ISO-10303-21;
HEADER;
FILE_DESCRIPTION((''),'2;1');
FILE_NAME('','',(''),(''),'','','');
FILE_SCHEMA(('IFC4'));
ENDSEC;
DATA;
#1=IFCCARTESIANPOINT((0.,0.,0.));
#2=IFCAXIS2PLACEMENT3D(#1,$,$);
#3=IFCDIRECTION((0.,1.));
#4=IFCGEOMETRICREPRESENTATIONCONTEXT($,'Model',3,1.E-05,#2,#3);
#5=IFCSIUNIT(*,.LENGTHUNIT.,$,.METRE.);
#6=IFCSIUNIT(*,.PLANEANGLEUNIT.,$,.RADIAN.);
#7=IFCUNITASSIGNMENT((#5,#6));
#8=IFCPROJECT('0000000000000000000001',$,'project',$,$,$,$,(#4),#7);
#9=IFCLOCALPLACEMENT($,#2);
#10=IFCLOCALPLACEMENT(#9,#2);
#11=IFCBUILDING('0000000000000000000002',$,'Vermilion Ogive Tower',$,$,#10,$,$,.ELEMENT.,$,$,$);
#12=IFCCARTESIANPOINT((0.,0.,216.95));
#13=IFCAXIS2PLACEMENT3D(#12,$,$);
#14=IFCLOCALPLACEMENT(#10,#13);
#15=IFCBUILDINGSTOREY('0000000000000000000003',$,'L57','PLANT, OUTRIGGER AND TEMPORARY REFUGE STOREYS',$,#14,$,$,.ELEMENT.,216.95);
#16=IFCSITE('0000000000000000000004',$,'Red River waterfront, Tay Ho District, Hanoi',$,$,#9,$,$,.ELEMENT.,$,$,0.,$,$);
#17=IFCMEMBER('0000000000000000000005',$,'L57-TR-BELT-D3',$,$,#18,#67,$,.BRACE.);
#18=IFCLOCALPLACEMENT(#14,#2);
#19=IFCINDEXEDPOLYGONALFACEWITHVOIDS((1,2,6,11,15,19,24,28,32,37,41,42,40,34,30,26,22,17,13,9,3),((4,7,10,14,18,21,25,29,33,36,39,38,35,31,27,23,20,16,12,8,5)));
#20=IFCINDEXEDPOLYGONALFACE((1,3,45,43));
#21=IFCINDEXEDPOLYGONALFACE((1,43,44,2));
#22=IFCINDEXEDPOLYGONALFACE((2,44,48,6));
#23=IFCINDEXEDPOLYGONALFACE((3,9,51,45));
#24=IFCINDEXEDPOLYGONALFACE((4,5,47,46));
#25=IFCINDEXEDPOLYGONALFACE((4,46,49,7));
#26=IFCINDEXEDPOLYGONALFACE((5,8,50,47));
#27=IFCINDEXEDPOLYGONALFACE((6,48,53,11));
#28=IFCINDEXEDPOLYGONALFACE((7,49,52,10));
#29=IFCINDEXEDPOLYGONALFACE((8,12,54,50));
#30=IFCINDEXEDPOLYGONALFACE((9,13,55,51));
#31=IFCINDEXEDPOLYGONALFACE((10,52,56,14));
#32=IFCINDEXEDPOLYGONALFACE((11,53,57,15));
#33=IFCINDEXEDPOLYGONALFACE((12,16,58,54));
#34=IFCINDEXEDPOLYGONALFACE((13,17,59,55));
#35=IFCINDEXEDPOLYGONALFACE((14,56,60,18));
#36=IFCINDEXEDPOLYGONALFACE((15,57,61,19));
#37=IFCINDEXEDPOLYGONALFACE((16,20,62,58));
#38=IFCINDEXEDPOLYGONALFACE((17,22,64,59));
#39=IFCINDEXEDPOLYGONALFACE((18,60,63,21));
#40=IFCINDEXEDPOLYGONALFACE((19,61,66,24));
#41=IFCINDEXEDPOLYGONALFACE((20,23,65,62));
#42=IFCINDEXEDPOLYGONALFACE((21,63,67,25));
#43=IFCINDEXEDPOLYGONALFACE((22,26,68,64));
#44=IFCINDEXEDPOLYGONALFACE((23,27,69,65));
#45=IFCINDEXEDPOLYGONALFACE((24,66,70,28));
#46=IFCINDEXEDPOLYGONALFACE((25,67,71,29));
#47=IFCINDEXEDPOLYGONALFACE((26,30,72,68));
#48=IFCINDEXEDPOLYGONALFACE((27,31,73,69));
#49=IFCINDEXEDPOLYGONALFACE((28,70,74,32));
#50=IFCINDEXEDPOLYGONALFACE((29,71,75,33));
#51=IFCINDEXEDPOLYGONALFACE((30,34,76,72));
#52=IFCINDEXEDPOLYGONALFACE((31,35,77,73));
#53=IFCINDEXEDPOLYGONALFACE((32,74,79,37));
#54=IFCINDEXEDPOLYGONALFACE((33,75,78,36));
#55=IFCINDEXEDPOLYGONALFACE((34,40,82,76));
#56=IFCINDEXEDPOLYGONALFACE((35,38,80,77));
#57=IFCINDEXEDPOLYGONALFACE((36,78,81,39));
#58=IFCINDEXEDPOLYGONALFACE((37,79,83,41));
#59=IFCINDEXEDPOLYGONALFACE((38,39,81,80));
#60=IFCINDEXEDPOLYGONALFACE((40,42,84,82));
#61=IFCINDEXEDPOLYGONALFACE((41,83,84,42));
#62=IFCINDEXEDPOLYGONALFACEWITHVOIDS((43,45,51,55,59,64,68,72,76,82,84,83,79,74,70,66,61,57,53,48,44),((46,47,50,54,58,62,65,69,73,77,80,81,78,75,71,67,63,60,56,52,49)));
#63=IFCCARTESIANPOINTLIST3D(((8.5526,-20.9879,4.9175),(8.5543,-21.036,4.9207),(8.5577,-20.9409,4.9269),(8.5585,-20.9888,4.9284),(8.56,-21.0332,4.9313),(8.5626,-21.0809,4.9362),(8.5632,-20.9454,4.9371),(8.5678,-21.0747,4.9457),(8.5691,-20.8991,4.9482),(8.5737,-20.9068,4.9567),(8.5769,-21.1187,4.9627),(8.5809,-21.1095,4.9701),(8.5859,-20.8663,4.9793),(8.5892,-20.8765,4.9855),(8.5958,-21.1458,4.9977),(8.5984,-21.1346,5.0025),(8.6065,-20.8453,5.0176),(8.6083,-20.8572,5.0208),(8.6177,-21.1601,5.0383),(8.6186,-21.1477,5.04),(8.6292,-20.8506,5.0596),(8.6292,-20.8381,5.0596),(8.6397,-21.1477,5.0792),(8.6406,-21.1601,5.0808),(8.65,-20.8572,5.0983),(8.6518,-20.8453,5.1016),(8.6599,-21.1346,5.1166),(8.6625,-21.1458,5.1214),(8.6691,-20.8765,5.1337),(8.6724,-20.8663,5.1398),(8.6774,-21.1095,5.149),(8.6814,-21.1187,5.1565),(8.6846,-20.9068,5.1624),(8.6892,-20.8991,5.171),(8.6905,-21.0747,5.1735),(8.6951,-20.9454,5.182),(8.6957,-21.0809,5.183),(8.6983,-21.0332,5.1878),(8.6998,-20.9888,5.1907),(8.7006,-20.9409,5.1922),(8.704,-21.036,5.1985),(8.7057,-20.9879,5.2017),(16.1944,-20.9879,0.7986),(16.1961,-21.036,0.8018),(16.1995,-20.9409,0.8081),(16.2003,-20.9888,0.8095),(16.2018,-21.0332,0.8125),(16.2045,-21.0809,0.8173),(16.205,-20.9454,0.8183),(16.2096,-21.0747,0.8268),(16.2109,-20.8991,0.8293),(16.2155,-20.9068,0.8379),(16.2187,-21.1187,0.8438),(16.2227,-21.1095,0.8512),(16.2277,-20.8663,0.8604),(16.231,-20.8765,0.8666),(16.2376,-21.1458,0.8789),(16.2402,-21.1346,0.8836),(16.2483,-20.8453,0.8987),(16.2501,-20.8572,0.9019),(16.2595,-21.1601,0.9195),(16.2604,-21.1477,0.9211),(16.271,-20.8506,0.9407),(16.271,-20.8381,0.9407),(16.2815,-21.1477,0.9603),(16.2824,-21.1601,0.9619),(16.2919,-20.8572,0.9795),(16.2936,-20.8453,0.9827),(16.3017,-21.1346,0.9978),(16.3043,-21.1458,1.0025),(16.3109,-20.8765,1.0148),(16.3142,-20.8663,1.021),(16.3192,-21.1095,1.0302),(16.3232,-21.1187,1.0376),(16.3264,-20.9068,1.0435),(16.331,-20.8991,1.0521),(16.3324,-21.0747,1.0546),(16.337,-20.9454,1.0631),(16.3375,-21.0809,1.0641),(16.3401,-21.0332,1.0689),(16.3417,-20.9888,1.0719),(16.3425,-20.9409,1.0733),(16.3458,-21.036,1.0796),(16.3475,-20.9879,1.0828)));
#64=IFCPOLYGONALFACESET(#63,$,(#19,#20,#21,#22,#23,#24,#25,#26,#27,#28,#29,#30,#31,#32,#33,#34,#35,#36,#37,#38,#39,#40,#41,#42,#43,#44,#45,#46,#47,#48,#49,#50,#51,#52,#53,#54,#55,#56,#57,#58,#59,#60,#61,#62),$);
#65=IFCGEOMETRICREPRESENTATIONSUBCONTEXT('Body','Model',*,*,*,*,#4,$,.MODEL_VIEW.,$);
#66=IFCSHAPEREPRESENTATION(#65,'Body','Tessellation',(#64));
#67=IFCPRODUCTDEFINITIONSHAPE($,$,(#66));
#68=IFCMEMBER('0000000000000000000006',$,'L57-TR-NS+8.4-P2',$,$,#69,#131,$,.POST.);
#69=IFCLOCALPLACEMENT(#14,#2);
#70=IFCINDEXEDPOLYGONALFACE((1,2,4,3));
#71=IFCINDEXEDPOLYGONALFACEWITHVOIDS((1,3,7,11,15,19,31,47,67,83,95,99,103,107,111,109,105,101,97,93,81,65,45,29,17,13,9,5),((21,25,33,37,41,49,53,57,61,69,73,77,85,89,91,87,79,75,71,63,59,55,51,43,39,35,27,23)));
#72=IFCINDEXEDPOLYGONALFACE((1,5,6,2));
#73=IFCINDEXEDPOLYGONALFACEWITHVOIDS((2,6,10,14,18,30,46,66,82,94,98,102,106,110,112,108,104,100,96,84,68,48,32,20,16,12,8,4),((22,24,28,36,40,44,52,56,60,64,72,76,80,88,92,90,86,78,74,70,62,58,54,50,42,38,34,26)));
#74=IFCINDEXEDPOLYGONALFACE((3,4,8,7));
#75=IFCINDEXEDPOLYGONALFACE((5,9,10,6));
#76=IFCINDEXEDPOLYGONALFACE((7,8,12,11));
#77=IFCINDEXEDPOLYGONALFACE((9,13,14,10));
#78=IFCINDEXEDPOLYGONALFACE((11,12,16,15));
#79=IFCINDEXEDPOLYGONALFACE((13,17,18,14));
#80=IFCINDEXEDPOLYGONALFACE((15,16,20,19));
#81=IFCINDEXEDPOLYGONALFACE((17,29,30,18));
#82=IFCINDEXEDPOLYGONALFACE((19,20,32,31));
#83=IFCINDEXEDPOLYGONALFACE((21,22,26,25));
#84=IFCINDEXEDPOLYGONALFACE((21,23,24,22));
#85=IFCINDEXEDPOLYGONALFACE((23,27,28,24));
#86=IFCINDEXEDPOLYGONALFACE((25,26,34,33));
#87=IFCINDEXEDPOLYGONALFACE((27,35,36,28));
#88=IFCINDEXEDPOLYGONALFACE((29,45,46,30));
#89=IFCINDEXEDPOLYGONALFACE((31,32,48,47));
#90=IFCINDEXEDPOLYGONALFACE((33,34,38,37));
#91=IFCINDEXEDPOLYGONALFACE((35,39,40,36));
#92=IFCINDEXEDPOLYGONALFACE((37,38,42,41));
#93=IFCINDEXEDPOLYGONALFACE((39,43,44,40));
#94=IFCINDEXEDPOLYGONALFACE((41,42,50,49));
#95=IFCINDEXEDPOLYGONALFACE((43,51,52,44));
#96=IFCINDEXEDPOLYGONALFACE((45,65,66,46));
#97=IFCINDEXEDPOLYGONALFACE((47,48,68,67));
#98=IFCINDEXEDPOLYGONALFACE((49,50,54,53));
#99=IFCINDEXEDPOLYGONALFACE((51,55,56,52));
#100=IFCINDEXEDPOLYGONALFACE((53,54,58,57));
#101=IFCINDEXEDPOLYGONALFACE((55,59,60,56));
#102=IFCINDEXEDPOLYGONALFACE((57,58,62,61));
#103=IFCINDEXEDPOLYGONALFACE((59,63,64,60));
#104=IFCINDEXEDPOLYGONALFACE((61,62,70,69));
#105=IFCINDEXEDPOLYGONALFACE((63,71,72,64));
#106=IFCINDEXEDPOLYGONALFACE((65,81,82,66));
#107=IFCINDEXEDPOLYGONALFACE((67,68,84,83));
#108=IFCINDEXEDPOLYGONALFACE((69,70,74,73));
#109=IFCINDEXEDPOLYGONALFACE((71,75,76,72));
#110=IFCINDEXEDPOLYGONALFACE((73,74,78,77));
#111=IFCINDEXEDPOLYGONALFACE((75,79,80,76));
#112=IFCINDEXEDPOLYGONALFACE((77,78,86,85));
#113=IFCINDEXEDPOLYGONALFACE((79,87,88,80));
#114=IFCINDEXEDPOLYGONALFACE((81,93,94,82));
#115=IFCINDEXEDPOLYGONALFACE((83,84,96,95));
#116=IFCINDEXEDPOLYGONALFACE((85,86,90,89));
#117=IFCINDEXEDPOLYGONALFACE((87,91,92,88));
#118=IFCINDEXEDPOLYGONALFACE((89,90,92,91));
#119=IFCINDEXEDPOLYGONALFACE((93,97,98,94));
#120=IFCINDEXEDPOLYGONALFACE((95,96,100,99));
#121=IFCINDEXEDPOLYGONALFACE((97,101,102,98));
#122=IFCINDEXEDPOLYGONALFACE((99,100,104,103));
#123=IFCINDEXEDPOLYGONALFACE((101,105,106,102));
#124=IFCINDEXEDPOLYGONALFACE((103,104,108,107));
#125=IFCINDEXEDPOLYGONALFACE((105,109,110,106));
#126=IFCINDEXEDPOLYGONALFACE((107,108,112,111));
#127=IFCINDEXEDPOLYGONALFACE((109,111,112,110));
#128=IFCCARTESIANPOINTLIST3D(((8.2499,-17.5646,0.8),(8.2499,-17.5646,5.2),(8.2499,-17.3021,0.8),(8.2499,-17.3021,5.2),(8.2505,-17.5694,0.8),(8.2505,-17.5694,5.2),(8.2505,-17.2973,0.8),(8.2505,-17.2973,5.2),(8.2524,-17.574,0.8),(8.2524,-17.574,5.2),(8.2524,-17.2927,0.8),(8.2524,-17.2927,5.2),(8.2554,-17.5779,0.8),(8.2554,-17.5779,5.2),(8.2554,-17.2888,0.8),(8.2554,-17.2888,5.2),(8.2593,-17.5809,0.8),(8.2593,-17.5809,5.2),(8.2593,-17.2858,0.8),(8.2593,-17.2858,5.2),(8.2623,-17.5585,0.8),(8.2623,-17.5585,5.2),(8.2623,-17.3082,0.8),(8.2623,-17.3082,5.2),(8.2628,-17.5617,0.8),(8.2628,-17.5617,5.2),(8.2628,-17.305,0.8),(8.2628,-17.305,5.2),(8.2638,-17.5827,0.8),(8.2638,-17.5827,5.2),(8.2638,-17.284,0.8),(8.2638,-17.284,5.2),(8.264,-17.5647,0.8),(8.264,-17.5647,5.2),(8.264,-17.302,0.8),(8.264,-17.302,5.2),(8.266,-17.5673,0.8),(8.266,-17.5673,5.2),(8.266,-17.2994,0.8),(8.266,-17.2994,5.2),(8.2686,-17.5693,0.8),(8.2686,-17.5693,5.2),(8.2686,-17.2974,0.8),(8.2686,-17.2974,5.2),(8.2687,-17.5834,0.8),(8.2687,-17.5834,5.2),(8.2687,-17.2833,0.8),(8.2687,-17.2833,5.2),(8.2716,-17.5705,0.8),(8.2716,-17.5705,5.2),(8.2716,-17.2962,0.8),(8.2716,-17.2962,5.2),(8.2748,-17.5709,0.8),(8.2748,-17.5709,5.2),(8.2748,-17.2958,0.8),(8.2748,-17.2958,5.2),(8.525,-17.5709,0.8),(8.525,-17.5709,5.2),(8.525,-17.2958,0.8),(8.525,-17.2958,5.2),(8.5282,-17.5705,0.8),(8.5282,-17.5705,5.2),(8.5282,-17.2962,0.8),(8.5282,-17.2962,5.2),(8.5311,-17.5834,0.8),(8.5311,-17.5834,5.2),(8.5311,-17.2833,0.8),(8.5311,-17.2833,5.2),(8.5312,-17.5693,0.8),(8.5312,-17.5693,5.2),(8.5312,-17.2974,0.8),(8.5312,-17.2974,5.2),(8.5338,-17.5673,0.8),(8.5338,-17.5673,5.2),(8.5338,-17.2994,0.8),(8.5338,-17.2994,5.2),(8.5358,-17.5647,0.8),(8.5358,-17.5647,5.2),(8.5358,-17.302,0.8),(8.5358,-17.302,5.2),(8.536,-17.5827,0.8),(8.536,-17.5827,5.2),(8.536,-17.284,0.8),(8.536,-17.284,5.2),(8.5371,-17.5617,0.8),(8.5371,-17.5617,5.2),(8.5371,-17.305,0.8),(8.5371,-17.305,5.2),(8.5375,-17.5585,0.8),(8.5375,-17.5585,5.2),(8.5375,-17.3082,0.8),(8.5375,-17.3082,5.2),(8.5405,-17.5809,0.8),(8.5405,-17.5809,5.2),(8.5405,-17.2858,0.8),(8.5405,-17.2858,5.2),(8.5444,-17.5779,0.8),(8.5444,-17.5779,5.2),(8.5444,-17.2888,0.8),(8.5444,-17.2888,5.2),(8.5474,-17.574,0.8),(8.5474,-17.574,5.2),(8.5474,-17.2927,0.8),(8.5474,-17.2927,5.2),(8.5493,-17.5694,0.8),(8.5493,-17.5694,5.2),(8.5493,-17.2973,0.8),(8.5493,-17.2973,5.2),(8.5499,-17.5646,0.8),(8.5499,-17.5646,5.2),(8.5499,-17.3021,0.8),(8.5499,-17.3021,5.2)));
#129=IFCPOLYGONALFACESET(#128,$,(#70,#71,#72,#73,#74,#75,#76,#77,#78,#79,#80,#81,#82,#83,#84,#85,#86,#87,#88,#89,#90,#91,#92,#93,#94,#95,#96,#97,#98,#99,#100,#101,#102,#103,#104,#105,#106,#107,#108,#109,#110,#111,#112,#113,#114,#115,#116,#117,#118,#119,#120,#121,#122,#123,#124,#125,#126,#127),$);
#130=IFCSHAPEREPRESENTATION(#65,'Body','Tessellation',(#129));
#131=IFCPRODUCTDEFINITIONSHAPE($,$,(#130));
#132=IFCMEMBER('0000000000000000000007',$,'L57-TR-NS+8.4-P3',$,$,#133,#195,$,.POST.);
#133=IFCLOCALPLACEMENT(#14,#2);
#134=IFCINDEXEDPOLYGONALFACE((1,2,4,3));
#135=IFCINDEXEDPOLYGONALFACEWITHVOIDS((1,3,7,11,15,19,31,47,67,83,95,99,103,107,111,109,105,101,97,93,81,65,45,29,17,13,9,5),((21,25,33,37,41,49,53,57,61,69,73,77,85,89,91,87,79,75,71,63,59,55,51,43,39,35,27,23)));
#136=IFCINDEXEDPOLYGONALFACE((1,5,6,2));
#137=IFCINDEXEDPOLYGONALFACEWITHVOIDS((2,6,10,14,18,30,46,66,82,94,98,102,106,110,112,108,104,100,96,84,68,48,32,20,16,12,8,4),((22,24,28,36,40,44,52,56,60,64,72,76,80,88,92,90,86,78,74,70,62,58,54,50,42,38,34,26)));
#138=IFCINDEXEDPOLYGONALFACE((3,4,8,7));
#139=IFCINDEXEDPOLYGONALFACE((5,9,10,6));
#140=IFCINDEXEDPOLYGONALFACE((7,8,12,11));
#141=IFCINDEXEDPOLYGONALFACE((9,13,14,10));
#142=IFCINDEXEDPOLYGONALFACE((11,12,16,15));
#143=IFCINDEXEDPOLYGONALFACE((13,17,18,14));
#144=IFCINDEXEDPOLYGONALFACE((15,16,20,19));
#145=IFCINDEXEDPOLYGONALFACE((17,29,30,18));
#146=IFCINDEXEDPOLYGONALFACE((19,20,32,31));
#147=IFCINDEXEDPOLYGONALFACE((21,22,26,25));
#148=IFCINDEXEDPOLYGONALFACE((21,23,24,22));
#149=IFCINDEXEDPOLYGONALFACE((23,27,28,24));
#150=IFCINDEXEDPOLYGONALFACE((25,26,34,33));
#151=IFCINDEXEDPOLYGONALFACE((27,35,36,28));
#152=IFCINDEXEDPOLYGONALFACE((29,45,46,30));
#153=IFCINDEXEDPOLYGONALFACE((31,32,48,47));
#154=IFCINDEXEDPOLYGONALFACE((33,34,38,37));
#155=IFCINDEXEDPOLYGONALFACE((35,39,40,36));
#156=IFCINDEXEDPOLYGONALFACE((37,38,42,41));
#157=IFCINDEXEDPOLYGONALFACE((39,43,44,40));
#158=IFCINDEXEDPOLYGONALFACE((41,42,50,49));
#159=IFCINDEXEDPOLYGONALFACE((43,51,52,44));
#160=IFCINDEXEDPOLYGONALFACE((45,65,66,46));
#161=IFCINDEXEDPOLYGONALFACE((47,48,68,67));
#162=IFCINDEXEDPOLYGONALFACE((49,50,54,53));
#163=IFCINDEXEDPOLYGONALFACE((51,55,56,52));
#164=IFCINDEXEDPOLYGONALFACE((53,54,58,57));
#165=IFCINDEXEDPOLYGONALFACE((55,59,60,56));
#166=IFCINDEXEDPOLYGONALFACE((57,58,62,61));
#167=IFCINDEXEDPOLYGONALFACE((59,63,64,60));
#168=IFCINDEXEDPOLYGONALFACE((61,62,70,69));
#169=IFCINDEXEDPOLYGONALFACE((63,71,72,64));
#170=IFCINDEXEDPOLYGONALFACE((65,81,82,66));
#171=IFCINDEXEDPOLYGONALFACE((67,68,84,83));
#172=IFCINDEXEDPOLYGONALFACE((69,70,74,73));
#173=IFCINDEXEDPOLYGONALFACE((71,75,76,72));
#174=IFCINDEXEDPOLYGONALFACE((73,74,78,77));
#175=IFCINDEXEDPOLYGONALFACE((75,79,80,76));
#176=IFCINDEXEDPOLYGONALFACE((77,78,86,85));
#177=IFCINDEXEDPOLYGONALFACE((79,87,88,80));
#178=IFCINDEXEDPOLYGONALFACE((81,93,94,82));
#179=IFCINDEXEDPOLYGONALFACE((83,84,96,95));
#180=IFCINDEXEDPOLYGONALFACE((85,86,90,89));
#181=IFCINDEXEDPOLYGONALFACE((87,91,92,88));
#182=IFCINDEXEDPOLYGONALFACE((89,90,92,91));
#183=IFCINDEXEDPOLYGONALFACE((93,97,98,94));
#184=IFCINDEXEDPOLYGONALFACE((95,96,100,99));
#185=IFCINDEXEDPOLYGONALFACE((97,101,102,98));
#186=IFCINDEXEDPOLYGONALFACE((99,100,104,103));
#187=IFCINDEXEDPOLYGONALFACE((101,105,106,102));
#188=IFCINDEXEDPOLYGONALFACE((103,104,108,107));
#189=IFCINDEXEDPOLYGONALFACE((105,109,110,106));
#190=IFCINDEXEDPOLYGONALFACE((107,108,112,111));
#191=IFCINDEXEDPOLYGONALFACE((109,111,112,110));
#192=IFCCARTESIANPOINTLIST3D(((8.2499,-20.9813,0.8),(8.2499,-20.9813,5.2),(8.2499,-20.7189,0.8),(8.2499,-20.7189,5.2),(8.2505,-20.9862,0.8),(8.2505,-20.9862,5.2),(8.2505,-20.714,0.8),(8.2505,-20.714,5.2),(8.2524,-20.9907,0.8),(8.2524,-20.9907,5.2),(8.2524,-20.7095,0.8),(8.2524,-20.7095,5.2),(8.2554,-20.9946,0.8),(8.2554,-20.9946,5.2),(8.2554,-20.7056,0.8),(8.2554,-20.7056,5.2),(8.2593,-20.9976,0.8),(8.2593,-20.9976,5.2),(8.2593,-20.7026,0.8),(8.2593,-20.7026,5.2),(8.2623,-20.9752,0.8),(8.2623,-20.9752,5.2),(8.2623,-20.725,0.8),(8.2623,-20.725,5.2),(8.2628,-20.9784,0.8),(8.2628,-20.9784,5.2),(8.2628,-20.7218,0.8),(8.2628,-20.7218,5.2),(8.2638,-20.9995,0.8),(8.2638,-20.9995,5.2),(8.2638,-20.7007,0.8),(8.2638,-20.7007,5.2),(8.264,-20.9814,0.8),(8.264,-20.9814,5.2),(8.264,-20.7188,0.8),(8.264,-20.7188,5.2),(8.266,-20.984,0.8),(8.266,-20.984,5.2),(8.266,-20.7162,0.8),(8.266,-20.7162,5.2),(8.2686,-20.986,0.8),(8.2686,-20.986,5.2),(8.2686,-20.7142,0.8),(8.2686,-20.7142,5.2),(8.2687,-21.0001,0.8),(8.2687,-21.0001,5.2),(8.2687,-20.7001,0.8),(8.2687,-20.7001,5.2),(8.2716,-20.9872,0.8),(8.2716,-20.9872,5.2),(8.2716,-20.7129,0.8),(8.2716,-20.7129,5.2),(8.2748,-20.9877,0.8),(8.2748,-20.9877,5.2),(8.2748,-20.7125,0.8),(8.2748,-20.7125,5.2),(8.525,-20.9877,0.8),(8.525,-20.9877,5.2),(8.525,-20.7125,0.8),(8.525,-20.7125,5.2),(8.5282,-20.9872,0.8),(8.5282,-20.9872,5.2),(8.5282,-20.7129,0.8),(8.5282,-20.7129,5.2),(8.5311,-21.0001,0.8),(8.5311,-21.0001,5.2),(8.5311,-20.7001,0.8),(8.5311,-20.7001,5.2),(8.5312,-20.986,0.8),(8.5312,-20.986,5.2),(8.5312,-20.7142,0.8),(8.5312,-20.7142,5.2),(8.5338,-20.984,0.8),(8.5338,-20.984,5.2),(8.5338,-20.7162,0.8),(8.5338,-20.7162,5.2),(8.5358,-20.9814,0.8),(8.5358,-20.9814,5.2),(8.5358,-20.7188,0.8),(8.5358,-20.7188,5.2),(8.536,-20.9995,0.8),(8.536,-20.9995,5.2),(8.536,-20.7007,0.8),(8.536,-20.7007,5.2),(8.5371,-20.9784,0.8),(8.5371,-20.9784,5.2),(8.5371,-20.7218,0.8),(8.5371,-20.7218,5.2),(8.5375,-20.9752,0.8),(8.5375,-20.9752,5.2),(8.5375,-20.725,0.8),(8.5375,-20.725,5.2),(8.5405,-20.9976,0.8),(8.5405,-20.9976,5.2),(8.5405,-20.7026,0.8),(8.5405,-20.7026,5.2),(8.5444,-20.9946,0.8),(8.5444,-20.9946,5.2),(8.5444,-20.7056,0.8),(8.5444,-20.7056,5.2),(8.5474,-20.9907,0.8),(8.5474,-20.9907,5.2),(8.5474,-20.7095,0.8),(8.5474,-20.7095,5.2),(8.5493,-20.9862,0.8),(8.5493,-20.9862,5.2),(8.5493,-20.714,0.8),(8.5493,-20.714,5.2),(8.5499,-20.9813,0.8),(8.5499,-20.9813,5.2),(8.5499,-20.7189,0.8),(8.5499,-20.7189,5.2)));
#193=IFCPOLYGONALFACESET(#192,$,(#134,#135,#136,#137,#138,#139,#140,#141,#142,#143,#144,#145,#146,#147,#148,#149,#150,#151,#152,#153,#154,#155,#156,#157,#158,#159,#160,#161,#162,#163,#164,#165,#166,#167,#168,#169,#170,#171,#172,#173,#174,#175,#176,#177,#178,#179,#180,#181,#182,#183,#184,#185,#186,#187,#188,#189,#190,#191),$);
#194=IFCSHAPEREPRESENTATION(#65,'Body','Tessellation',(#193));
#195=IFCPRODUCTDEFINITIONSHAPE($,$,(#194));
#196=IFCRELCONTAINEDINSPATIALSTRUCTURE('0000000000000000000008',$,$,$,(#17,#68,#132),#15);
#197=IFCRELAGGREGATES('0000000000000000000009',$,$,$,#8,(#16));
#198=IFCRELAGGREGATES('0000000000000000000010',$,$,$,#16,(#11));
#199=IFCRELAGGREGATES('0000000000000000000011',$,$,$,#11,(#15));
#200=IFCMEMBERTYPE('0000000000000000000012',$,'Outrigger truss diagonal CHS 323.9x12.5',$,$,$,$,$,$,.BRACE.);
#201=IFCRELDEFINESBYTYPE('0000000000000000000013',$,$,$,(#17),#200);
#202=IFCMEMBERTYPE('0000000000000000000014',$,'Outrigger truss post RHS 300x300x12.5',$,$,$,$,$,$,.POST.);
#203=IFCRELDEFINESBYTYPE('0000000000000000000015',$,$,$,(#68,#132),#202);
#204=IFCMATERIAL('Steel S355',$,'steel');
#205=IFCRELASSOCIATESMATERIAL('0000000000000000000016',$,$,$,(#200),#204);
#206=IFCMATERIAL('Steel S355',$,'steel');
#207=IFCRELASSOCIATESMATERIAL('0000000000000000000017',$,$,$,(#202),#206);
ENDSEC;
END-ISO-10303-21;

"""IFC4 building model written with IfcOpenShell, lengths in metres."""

from ifc_helpers import new_model, si_unit, direction, frame, origin, origin_2d, place, context, subcontext, project, spatial, hollow_rectangle, hollow_circle, extrude, material, material_profile, profile_set, type_object, element, save


model = new_model("IFC4")

# Units and contexts
model_context = context("Model", 3, precision=1e-05, world=origin(), true_north=direction((0.0, 1.0)))
body_context = subcontext(model_context, "Body", "Model", "MODEL_VIEW")
ifc_project = project(units=[si_unit("LENGTHUNIT", "METRE"), si_unit("PLANEANGLEUNIT", "RADIAN")], contexts=[model_context])

# Site, building, storey
site_placement = place(None, origin())
site = spatial("IfcSite", under=ifc_project, at=site_placement, Name="Red River waterfront, Tay Ho District, Hanoi", CompositionType="ELEMENT", RefElevation=0.0)
building_placement = place(site_placement, origin())
building = spatial("IfcBuilding", under=site, at=building_placement, Name="Vermilion Ogive Tower", CompositionType="ELEMENT")
storey_placement = place(building_placement, frame((0.0, 0.0, 216.95)))
storey = spatial("IfcBuildingStorey", under=building, at=storey_placement, Name="L57", Description="PLANT, OUTRIGGER AND TEMPORARY REFUGE STOREYS", CompositionType="ELEMENT", Elevation=216.95)

# Members
ifc_material_1 = material(Name="Steel S355", Category="steel")
ifc_material_profile_1 = material_profile(ifc_material_1, hollow_circle(Radius=0.1619, WallThickness=0.0125, at=origin_2d()), Name="CHS 323.9x12.5")
ifc_profile_set_1 = profile_set([ifc_material_profile_1], Name="Steel S355")
member_type_1 = type_object("IfcMemberType", Name="Outrigger truss diagonal CHS 323.9x12.5", PredefinedType="BRACE", material=ifc_profile_set_1)
member_1_placement = place(storey_placement, frame((8.6292, -21.0, 5.0596), z_axis=(0.880276, 0.0, -0.474462), x_axis=(0.0, 1.0, 0.0)))
element("IfcMember", 1, at=member_1_placement, inside=storey, type_object=member_type_1, Name="L57-TR-BELT-D3", PredefinedType="BRACE", context=body_context, shape_type="SweptSolid", body=[
    extrude(hollow_circle(Radius=0.1619, WallThickness=0.0125, at=origin_2d()), origin(), (0.0, 0.0, 1.0), 8.6812),
])
ifc_material_2 = material(Name="Steel S355", Category="steel")
ifc_material_profile_2 = material_profile(ifc_material_2, hollow_rectangle(XDim=0.3, YDim=0.3, WallThickness=0.0125, InnerFilletRadius=0.0125, OuterFilletRadius=0.0188, at=origin_2d()), Name="RHS 300x300x12.5")
ifc_profile_set_2 = profile_set([ifc_material_profile_2], Name="Steel S355")
member_type_2 = type_object("IfcMemberType", Name="Outrigger truss post RHS 300x300x12.5", PredefinedType="POST", material=ifc_profile_set_2)
for number, where, z_axis, x_axis, name in (
    (2, (8.3999, -17.4333, 0.8), (0.0, 0.0, 1.0), (1.0, 0.0, 0.0), "L57-TR-NS+8.4-P2"),
    (3, (8.3999, -20.8501, 0.8), (0.0, 0.0, 1.0), (1.0, 0.0, 0.0), "L57-TR-NS+8.4-P3"),
):
    element("IfcMember", number, at=place(storey_placement, frame(where, z_axis=z_axis, x_axis=x_axis)), inside=storey, type_object=member_type_2, Name=name, PredefinedType="POST", context=body_context, shape_type="SweptSolid", body=[
        extrude(hollow_rectangle(XDim=0.3, YDim=0.3, WallThickness=0.0125, InnerFilletRadius=0.0125, OuterFilletRadius=0.0188, at=origin_2d()), origin(), (0.0, 0.0, 1.0), 4.3999),
    ])

save(model, "model.ifc")
